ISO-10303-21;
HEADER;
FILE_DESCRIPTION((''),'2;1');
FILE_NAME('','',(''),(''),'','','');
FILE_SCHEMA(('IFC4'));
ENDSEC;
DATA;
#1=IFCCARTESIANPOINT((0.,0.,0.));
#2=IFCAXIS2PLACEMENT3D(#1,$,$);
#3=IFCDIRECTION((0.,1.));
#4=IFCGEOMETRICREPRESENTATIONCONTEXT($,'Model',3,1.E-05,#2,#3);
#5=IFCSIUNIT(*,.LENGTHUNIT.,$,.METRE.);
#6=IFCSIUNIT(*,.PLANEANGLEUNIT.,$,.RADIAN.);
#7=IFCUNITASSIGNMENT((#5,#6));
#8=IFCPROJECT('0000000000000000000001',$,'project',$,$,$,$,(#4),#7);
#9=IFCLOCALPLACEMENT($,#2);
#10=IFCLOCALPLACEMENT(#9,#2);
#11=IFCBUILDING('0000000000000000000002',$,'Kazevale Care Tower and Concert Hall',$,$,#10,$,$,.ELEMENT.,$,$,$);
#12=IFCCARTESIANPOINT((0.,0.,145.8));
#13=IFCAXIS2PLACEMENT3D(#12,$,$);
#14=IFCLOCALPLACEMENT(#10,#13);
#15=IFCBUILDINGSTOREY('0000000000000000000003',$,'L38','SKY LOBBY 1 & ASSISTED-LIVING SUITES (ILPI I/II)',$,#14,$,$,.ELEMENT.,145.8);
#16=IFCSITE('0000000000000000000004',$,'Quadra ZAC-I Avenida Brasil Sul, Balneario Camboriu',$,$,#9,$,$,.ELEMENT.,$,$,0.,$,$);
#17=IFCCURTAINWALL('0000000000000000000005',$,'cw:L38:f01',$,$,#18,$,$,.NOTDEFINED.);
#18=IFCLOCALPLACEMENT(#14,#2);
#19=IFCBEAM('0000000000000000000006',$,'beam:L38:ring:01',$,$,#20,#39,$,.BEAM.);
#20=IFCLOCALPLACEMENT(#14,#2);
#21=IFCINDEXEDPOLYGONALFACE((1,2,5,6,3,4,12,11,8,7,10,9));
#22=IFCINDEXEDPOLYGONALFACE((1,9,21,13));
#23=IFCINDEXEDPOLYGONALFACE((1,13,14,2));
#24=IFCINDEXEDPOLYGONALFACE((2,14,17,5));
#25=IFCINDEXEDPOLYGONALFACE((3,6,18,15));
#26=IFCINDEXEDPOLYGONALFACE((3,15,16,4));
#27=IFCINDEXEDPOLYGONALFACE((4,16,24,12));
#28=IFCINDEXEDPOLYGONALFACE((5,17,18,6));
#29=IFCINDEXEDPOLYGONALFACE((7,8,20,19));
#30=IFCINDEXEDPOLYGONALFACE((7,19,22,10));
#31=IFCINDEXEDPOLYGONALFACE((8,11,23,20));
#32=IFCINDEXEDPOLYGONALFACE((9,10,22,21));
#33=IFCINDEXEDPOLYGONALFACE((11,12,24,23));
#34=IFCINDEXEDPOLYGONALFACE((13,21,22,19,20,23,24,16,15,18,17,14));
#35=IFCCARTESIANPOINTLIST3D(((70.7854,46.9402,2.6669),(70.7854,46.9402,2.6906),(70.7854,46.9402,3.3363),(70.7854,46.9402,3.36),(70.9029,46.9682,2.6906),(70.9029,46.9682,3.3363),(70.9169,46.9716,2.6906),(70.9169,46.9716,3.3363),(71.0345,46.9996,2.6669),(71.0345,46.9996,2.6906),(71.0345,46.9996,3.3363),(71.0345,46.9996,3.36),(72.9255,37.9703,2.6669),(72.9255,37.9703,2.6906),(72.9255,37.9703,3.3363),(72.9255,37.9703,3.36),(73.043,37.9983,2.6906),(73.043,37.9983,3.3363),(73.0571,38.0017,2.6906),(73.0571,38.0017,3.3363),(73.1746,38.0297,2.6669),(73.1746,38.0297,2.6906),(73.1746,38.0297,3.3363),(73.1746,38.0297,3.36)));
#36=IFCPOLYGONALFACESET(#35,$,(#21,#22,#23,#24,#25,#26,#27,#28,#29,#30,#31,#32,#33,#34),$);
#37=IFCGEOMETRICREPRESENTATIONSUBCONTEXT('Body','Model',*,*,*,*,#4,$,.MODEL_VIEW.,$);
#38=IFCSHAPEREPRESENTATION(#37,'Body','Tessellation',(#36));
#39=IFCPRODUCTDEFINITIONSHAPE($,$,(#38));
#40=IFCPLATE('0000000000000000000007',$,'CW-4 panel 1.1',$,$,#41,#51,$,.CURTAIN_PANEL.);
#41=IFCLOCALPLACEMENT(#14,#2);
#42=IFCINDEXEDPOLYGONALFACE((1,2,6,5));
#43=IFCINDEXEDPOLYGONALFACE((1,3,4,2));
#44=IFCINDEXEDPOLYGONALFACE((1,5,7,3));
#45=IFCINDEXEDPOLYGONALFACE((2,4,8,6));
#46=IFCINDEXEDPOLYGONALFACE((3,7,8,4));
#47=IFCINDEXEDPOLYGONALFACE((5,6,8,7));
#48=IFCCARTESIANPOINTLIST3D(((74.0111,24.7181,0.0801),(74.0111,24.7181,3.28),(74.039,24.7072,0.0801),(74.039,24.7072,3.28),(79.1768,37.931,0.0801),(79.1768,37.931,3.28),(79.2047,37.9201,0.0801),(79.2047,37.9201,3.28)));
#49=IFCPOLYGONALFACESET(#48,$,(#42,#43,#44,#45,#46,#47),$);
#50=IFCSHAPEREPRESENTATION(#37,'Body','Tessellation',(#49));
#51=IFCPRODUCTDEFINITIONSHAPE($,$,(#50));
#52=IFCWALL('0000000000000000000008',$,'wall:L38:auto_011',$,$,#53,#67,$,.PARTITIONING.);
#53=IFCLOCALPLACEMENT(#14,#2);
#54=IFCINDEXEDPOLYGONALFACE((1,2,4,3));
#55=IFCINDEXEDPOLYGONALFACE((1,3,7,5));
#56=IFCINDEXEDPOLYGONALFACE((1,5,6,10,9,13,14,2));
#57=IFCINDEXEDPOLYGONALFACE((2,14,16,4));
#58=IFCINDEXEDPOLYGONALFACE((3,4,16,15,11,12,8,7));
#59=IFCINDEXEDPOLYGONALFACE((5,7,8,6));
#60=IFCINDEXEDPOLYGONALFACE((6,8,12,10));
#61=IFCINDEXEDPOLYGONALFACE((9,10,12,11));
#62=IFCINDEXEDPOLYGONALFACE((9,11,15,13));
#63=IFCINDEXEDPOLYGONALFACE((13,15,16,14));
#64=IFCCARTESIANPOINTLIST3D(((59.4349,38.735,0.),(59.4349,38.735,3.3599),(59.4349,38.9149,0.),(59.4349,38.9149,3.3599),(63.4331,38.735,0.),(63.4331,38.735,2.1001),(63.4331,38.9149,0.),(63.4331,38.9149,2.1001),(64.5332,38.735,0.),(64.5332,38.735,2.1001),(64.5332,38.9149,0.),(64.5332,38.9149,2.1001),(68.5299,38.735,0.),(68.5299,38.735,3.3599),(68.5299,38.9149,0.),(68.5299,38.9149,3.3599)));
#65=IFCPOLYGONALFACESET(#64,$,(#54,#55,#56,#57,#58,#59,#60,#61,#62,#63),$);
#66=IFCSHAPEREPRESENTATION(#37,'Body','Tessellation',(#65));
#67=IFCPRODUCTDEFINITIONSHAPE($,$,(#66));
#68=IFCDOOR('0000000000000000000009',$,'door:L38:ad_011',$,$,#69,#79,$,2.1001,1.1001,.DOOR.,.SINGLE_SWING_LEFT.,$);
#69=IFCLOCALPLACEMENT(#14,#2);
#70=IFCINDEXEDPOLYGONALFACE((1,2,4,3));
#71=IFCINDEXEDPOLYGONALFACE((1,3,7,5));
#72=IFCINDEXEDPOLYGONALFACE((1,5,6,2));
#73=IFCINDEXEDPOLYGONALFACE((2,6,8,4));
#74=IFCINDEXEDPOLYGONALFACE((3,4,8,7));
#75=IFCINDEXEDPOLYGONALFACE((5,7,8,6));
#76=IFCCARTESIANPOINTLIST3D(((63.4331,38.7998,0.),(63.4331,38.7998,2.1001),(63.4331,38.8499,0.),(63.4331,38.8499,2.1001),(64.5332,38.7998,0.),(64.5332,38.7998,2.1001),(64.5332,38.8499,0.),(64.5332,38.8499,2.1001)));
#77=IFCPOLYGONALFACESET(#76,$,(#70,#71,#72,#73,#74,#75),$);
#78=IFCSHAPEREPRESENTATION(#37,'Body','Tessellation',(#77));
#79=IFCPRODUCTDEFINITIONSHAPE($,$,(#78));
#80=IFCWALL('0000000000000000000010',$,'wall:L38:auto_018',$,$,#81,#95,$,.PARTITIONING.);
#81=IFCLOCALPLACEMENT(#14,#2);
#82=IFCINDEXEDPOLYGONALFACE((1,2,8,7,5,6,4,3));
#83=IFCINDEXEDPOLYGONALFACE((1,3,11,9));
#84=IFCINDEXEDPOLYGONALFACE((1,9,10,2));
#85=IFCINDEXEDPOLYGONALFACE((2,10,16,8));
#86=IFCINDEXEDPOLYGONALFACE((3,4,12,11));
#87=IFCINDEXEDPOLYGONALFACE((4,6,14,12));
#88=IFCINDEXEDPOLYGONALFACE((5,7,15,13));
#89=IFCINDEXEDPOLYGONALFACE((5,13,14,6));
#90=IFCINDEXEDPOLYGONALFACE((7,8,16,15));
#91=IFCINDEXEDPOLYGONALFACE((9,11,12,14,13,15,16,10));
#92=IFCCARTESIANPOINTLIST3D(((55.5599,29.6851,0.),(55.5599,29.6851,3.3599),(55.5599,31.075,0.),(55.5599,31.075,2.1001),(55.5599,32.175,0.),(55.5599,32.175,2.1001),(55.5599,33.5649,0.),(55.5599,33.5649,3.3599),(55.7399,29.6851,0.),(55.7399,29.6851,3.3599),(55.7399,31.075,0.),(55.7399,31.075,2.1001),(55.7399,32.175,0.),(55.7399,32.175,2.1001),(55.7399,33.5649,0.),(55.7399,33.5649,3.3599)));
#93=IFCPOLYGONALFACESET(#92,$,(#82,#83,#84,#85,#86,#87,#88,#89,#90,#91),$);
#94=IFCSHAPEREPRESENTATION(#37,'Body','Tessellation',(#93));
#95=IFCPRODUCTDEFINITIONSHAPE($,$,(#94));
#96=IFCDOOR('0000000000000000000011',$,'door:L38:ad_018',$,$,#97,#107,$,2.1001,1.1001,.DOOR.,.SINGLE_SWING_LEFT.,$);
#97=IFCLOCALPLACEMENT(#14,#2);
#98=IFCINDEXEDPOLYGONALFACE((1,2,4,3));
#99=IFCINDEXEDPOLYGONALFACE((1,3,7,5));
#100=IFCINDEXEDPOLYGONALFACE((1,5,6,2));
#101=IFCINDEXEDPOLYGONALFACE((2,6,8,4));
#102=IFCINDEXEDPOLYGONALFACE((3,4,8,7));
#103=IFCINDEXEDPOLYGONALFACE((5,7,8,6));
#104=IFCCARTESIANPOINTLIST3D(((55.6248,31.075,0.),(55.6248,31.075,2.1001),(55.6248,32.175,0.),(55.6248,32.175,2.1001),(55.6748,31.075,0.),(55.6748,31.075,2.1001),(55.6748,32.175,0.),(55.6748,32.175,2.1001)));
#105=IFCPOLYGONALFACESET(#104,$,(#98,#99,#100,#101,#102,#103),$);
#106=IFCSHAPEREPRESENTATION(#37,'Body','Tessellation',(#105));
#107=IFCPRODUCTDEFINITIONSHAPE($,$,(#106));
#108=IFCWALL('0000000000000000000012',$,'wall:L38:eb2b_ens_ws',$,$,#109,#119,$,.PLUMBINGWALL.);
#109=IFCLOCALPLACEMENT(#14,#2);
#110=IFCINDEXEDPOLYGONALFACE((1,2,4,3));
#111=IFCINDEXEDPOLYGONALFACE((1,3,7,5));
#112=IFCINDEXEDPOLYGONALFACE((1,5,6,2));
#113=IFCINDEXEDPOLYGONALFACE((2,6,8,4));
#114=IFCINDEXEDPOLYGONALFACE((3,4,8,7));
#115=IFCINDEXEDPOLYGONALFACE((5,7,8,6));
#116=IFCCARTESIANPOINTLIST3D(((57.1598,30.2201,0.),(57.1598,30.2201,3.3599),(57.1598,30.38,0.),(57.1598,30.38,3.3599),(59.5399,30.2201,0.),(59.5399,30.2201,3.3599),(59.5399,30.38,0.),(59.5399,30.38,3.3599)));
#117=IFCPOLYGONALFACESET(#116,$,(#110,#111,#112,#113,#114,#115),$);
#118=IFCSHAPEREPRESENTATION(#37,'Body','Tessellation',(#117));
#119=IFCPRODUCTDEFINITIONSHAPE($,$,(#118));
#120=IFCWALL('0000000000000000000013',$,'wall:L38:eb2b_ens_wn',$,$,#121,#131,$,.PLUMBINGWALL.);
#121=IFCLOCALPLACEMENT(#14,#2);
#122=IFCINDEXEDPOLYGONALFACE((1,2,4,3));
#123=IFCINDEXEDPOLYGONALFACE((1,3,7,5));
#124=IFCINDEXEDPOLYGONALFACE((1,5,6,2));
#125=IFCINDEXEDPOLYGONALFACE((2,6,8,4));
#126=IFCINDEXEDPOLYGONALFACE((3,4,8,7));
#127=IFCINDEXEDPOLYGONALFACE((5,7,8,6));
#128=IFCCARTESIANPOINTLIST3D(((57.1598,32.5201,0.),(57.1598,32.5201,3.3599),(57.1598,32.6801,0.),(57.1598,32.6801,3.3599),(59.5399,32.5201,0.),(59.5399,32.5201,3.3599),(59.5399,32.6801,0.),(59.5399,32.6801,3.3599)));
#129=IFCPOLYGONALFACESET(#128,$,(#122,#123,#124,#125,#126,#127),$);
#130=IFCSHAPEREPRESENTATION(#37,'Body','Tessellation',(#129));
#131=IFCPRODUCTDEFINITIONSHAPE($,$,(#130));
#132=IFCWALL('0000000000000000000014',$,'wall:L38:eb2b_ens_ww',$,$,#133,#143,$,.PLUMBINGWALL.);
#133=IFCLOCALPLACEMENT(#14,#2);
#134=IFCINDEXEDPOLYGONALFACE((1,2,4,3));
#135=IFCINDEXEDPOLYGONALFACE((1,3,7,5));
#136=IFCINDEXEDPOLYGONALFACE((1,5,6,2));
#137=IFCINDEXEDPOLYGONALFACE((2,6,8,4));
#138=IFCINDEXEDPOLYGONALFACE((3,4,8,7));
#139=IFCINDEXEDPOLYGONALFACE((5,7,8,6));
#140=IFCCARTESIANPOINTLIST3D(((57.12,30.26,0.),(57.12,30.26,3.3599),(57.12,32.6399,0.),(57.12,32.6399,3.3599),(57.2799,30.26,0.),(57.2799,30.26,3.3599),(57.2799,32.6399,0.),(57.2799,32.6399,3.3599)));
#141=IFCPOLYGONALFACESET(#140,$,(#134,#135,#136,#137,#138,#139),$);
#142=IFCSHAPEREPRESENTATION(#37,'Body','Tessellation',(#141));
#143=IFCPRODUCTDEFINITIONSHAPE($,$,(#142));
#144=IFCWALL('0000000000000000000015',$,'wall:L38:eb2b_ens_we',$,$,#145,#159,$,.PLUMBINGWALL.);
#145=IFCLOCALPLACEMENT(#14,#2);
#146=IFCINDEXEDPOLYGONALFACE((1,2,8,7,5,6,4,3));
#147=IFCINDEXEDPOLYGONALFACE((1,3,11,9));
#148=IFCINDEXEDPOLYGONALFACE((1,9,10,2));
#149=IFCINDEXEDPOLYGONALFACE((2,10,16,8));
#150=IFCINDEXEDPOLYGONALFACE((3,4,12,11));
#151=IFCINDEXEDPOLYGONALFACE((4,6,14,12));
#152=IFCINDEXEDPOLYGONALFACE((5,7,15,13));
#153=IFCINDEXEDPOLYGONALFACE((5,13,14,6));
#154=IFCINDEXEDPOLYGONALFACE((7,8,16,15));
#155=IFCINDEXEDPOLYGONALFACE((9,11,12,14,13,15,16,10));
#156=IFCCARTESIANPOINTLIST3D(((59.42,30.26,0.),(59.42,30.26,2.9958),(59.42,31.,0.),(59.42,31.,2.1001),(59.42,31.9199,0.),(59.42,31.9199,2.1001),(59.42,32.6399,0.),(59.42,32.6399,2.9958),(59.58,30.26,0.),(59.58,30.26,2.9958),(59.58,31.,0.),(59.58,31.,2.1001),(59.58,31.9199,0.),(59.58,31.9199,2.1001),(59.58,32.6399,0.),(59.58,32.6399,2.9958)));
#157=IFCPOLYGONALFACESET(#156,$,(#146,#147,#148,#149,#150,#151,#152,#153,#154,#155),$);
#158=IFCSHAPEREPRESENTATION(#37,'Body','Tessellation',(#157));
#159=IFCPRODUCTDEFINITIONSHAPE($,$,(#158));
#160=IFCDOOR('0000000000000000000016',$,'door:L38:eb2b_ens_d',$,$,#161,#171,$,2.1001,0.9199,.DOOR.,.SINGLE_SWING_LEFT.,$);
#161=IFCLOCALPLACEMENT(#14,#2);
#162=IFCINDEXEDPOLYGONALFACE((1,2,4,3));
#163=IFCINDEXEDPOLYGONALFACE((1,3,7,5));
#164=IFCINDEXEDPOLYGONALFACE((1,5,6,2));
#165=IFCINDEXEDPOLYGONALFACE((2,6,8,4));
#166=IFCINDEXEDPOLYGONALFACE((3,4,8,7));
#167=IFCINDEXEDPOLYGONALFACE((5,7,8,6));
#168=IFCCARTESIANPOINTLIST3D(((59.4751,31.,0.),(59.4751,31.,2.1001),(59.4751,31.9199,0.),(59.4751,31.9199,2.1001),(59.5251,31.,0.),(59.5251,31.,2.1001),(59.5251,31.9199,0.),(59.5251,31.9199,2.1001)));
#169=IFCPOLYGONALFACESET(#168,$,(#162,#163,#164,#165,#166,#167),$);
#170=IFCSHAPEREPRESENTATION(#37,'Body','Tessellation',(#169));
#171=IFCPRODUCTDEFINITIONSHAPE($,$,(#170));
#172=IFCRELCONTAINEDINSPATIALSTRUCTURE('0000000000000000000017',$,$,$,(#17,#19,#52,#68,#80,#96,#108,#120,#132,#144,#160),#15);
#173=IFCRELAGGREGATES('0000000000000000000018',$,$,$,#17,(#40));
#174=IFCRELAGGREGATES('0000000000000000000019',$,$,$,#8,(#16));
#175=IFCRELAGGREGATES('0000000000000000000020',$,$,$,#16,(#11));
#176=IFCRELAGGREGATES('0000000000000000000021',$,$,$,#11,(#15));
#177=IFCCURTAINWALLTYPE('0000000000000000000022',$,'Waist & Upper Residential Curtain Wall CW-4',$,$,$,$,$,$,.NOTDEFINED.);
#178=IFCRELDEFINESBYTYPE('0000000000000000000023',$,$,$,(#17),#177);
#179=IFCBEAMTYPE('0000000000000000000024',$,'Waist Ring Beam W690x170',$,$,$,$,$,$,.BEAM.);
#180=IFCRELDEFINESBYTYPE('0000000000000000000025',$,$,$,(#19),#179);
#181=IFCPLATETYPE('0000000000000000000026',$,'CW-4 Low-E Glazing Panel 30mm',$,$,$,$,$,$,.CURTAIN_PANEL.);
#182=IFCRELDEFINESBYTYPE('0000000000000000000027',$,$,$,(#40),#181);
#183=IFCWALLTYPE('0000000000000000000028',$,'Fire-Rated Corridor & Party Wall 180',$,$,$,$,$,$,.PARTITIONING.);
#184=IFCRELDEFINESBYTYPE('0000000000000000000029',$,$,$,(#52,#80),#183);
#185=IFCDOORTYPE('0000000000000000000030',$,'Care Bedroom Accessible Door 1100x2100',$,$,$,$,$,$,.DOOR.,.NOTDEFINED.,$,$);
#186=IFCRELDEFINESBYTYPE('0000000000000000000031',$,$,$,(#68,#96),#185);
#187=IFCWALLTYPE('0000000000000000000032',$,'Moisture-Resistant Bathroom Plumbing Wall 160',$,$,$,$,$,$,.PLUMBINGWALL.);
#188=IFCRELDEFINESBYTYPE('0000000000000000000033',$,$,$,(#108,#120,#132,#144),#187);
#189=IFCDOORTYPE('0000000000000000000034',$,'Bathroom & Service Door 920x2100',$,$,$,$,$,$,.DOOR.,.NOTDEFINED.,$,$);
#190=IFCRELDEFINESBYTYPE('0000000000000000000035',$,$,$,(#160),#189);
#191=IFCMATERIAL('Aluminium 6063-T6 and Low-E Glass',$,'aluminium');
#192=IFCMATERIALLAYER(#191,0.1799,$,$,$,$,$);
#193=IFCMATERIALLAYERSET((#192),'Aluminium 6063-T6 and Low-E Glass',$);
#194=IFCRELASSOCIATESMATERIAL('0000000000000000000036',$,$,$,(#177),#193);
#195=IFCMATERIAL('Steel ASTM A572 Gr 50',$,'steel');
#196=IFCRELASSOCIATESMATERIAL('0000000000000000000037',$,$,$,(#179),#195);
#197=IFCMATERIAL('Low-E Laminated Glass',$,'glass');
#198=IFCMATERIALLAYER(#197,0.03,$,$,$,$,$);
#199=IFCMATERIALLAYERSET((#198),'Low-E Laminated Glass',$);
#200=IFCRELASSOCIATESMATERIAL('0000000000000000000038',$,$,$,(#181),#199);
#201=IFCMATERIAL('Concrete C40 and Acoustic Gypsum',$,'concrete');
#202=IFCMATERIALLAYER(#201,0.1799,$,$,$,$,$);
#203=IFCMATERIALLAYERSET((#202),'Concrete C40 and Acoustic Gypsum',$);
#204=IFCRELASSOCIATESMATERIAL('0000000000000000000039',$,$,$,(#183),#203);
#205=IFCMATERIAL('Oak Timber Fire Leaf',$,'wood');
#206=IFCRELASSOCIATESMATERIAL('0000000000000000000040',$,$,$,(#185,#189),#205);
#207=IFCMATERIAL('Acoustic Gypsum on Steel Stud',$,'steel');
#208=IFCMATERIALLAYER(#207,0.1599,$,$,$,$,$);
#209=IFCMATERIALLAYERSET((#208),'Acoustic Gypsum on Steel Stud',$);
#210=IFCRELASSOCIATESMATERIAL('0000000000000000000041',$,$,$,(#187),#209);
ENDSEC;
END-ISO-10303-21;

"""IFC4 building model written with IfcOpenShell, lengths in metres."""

from ifc_helpers import new_model, si_unit, direction, frame, frame_2d, origin, origin_2d, place, context, subcontext, project, spatial, rectangle, i_section, extrude, material, layer, layer_set, material_profile, profile_set, type_object, element, fill, aggregate, save


model = new_model("IFC4")

# Units and contexts
model_context = context("Model", 3, precision=1e-05, world=origin(), true_north=direction((0.0, 1.0)))
body_context = subcontext(model_context, "Body", "Model", "MODEL_VIEW")
ifc_project = project(units=[si_unit("LENGTHUNIT", "METRE"), si_unit("PLANEANGLEUNIT", "RADIAN")], contexts=[model_context])

# Site, building, storey
site_placement = place(None, origin())
site = spatial("IfcSite", under=ifc_project, at=site_placement, Name="Quadra ZAC-I Avenida Brasil Sul, Balneario Camboriu", CompositionType="ELEMENT", RefElevation=0.0)
building_placement = place(site_placement, origin())
building = spatial("IfcBuilding", under=site, at=building_placement, Name="Kazevale Care Tower and Concert Hall", CompositionType="ELEMENT")
storey_placement = place(building_placement, frame((0.0, 0.0, 145.8)))
storey = spatial("IfcBuildingStorey", under=building, at=storey_placement, Name="L38", Description="SKY LOBBY 1 & ASSISTED-LIVING SUITES (ILPI I/II)", CompositionType="ELEMENT", Elevation=145.8)

# Curtain wall
ifc_material_1 = material(Name="Aluminium 6063-T6 and Low-E Glass", Category="aluminium")
ifc_layer_1 = layer(ifc_material_1, 0.1799)
ifc_layer_set_1 = layer_set([ifc_layer_1], Name="Aluminium 6063-T6 and Low-E Glass")
curtain_wall_type = type_object("IfcCurtainWallType", Name="Waist & Upper Residential Curtain Wall CW-4", PredefinedType="NOTDEFINED", material=ifc_layer_set_1)
curtain_wall_1_placement = place(storey_placement, origin())
curtain_wall_1 = element("IfcCurtainWall", 1, at=curtain_wall_1_placement, inside=storey, type_object=curtain_wall_type, Name="cw:L38:f01", PredefinedType="NOTDEFINED")

# Beam
ifc_material_2 = material(Name="Steel ASTM A572 Gr 50", Category="steel")
ifc_material_profile_1 = material_profile(ifc_material_2, i_section(OverallWidth=0.2561, OverallDepth=0.6931, WebThickness=0.0144, FlangeThickness=0.0237, at=origin_2d()), Name="W690x170")
ifc_profile_set_1 = profile_set([ifc_material_profile_1], Name="Steel ASTM A572 Gr 50")
beam_type_1 = type_object("IfcBeamType", Name="Waist Ring Beam W690x170", PredefinedType="BEAM", material=ifc_profile_set_1)
beam_1_placement = place(storey_placement, frame((73.05, 38.0, 3.0134), z_axis=(-0.232075, 0.972698, 0.0), x_axis=(-0.972698, -0.232075, 0.0)))
element("IfcBeam", 2, at=beam_1_placement, inside=storey, type_object=beam_type_1, Name="beam:L38:ring:01", PredefinedType="BEAM", context=body_context, shape_type="SweptSolid", body=[
    extrude(i_section(OverallWidth=0.2561, OverallDepth=0.6931, WebThickness=0.0144, FlangeThickness=0.0237, at=origin_2d()), origin(), (0.0, 0.0, 1.0), 9.2217),
])

# Plate
ifc_material_3 = material(Name="Low-E Laminated Glass", Category="glass")
ifc_layer_2 = layer(ifc_material_3, 0.03)
ifc_layer_set_2 = layer_set([ifc_layer_2], Name="Low-E Laminated Glass")
plate_type = type_object("IfcPlateType", Name="CW-4 Low-E Glazing Panel 30mm", PredefinedType="CURTAIN_PANEL", material=ifc_layer_set_2)
plate_placement = place(storey_placement, frame((76.6079, 31.3191, 0.0801), z_axis=(0.0, 0.0, 1.0), x_axis=(-0.364121, -0.931352, 0.0)))
plate = element("IfcPlate", 3, at=plate_placement, type_object=plate_type, Name="CW-4 panel 1.1", PredefinedType="CURTAIN_PANEL", context=body_context, shape_type="SweptSolid", body=[
    extrude(rectangle(XDim=14.1868, YDim=0.03, at=origin_2d()), origin(), (0.0, 0.0, 1.0), 3.2),
])
aggregate(curtain_wall_1, [plate])

# Walls, openings, doors
ifc_material_4 = material(Name="Concrete C40 and Acoustic Gypsum", Category="concrete")
ifc_layer_3 = layer(ifc_material_4, 0.1799)
ifc_layer_set_3 = layer_set([ifc_layer_3], Name="Concrete C40 and Acoustic Gypsum")
wall_type_1 = type_object("IfcWallType", Name="Fire-Rated Corridor & Party Wall 180", PredefinedType="PARTITIONING", material=ifc_layer_set_3)
wall_1_placement = place(storey_placement, frame((59.4351, 38.825, 0.0), z_axis=(0.0, 0.0, 1.0), x_axis=(1.0, 0.0, 0.0)))
wall_1 = element("IfcWall", 4, at=wall_1_placement, inside=storey, type_object=wall_type_1, Name="wall:L38:auto_011", PredefinedType="PARTITIONING", context=body_context, shape_type="SweptSolid", body=[
    extrude(rectangle(XDim=9.095, YDim=0.1799, at=frame_2d((4.5474, 0.0))), origin(), (0.0, 0.0, 1.0), 3.3599),
])
opening_1_placement = place(wall_1_placement, frame((3.998, 0.0, 0.0)))
opening_1 = element("IfcOpeningElement", 5, at=opening_1_placement, cuts=wall_1, PredefinedType="OPENING", context=body_context, shape_type="SweptSolid", body=[
    extrude(rectangle(XDim=1.1001, YDim=2.1001, at=frame_2d((0.55, 1.05))), frame((0.0, 0.0999, 0.0), z_axis=(0.0, -1.0, 0.0), x_axis=(1.0, 0.0, 0.0)), (0.0, 0.0, 1.0), 0.2),
])
ifc_material_5 = material(Name="Oak Timber Fire Leaf", Category="wood")
door_type_1 = type_object("IfcDoorType", Name="Care Bedroom Accessible Door 1100x2100", OperationType="NOTDEFINED", PredefinedType="DOOR", material=ifc_material_5)
door_1_placement = place(opening_1_placement, origin())
door_1 = element("IfcDoor", 6, at=door_1_placement, inside=storey, type_object=door_type_1, Name="door:L38:ad_011", OperationType="SINGLE_SWING_LEFT", OverallHeight=2.1001, OverallWidth=1.1001, PredefinedType="DOOR", context=body_context, shape_type="SweptSolid", body=[
    extrude(rectangle(XDim=1.1001, YDim=2.1001, at=frame_2d((0.55, 1.05))), frame((0.0, 0.0249, 0.0), z_axis=(0.0, -1.0, 0.0), x_axis=(1.0, 0.0, 0.0)), (0.0, 0.0, 1.0), 0.05),
])
fill(opening_1, door_1)
wall_2_placement = place(storey_placement, frame((55.6499, 33.5649, 0.0), z_axis=(0.0, 0.0, 1.0), x_axis=(0.0, -1.0, 0.0)))
wall_2 = element("IfcWall", 7, at=wall_2_placement, inside=storey, type_object=wall_type_1, Name="wall:L38:auto_018", PredefinedType="PARTITIONING", context=body_context, shape_type="SweptSolid", body=[
    extrude(rectangle(XDim=3.8799, YDim=0.1799, at=frame_2d((1.9399, 0.0))), origin(), (0.0, 0.0, 1.0), 3.3599),
])
opening_2_placement = place(wall_2_placement, frame((1.3899, 0.0, 0.0)))
opening_2 = element("IfcOpeningElement", 8, at=opening_2_placement, cuts=wall_2, PredefinedType="OPENING", context=body_context, shape_type="SweptSolid", body=[
    extrude(rectangle(XDim=1.1001, YDim=2.1001, at=frame_2d((0.55, 1.05))), frame((0.0, 0.0999, 0.0), z_axis=(0.0, -1.0, 0.0), x_axis=(1.0, 0.0, 0.0)), (0.0, 0.0, 1.0), 0.2),
])
door_2_placement = place(opening_2_placement, origin())
door_2 = element("IfcDoor", 9, at=door_2_placement, inside=storey, type_object=door_type_1, Name="door:L38:ad_018", OperationType="SINGLE_SWING_LEFT", OverallHeight=2.1001, OverallWidth=1.1001, PredefinedType="DOOR", context=body_context, shape_type="SweptSolid", body=[
    extrude(rectangle(XDim=1.1001, YDim=2.1001, at=frame_2d((0.55, 1.05))), frame((0.0, 0.0249, 0.0), z_axis=(0.0, -1.0, 0.0), x_axis=(1.0, 0.0, 0.0)), (0.0, 0.0, 1.0), 0.05),
])
fill(opening_2, door_2)

# Walls
ifc_material_6 = material(Name="Acoustic Gypsum on Steel Stud", Category="steel")
ifc_layer_4 = layer(ifc_material_6, 0.1599)
ifc_layer_set_4 = layer_set([ifc_layer_4], Name="Acoustic Gypsum on Steel Stud")
wall_type_2 = type_object("IfcWallType", Name="Moisture-Resistant Bathroom Plumbing Wall 160", PredefinedType="PLUMBINGWALL", material=ifc_layer_set_4)
for number, where, z_axis, x_axis, name in (
    (10, (57.1599, 30.3, 0.0), (0.0, 0.0, 1.0), (1.0, 0.0, 0.0), "wall:L38:eb2b_ens_ws"),
    (11, (57.1599, 32.6001, 0.0), (0.0, 0.0, 1.0), (1.0, 0.0, 0.0), "wall:L38:eb2b_ens_wn"),
):
    element("IfcWall", number, at=place(storey_placement, frame(where, z_axis=z_axis, x_axis=x_axis)), inside=storey, type_object=wall_type_2, Name=name, PredefinedType="PLUMBINGWALL", context=body_context, shape_type="SweptSolid", body=[
        extrude(rectangle(XDim=2.3801, YDim=0.1599, at=frame_2d((1.1899, 0.0))), origin(), (0.0, 0.0, 1.0), 3.3599),
    ])
wall_3_placement = place(storey_placement, frame((57.2, 30.26, 0.0), z_axis=(0.0, 0.0, 1.0), x_axis=(0.0, 1.0, 0.0)))
element("IfcWall", 12, at=wall_3_placement, inside=storey, type_object=wall_type_2, Name="wall:L38:eb2b_ens_ww", PredefinedType="PLUMBINGWALL", context=body_context, shape_type="SweptSolid", body=[
    extrude(rectangle(XDim=2.3799, YDim=0.1599, at=frame_2d((1.1899, 0.0))), origin(), (0.0, 0.0, 1.0), 3.3599),
])

# Wall, opening, door
wall_4_placement = place(storey_placement, frame((59.5, 30.26, 0.0), z_axis=(0.0, 0.0, 1.0), x_axis=(0.0, 1.0, 0.0)))
wall_4 = element("IfcWall", 13, at=wall_4_placement, inside=storey, type_object=wall_type_2, Name="wall:L38:eb2b_ens_we", PredefinedType="PLUMBINGWALL", context=body_context, shape_type="SweptSolid", body=[
    extrude(rectangle(XDim=2.3799, YDim=0.1599, at=frame_2d((1.1899, 0.0))), origin(), (0.0, 0.0, 1.0), 2.9958),
])
opening_3_placement = place(wall_4_placement, frame((0.74, 0.0, 0.0)))
opening_3 = element("IfcOpeningElement", 14, at=opening_3_placement, cuts=wall_4, PredefinedType="OPENING", context=body_context, shape_type="SweptSolid", body=[
    extrude(rectangle(XDim=0.9199, YDim=2.1001, at=frame_2d((0.46, 1.05))), frame((0.0, 0.0898, 0.0), z_axis=(0.0, -1.0, 0.0), x_axis=(1.0, 0.0, 0.0)), (0.0, 0.0, 1.0), 0.1799),
])
door_type_2 = type_object("IfcDoorType", Name="Bathroom & Service Door 920x2100", OperationType="NOTDEFINED", PredefinedType="DOOR", material=ifc_material_5)
door_3_placement = place(opening_3_placement, origin())
door_3 = element("IfcDoor", 15, at=door_3_placement, inside=storey, type_object=door_type_2, Name="door:L38:eb2b_ens_d", OperationType="SINGLE_SWING_LEFT", OverallHeight=2.1001, OverallWidth=0.9199, PredefinedType="DOOR", context=body_context, shape_type="SweptSolid", body=[
    extrude(rectangle(XDim=0.9199, YDim=2.1001, at=frame_2d((0.46, 1.05))), frame((0.0, 0.0249, 0.0), z_axis=(0.0, -1.0, 0.0), x_axis=(1.0, 0.0, 0.0)), (0.0, 0.0, 1.0), 0.05),
])
fill(opening_3, door_3)

save(model, "model.ifc")
